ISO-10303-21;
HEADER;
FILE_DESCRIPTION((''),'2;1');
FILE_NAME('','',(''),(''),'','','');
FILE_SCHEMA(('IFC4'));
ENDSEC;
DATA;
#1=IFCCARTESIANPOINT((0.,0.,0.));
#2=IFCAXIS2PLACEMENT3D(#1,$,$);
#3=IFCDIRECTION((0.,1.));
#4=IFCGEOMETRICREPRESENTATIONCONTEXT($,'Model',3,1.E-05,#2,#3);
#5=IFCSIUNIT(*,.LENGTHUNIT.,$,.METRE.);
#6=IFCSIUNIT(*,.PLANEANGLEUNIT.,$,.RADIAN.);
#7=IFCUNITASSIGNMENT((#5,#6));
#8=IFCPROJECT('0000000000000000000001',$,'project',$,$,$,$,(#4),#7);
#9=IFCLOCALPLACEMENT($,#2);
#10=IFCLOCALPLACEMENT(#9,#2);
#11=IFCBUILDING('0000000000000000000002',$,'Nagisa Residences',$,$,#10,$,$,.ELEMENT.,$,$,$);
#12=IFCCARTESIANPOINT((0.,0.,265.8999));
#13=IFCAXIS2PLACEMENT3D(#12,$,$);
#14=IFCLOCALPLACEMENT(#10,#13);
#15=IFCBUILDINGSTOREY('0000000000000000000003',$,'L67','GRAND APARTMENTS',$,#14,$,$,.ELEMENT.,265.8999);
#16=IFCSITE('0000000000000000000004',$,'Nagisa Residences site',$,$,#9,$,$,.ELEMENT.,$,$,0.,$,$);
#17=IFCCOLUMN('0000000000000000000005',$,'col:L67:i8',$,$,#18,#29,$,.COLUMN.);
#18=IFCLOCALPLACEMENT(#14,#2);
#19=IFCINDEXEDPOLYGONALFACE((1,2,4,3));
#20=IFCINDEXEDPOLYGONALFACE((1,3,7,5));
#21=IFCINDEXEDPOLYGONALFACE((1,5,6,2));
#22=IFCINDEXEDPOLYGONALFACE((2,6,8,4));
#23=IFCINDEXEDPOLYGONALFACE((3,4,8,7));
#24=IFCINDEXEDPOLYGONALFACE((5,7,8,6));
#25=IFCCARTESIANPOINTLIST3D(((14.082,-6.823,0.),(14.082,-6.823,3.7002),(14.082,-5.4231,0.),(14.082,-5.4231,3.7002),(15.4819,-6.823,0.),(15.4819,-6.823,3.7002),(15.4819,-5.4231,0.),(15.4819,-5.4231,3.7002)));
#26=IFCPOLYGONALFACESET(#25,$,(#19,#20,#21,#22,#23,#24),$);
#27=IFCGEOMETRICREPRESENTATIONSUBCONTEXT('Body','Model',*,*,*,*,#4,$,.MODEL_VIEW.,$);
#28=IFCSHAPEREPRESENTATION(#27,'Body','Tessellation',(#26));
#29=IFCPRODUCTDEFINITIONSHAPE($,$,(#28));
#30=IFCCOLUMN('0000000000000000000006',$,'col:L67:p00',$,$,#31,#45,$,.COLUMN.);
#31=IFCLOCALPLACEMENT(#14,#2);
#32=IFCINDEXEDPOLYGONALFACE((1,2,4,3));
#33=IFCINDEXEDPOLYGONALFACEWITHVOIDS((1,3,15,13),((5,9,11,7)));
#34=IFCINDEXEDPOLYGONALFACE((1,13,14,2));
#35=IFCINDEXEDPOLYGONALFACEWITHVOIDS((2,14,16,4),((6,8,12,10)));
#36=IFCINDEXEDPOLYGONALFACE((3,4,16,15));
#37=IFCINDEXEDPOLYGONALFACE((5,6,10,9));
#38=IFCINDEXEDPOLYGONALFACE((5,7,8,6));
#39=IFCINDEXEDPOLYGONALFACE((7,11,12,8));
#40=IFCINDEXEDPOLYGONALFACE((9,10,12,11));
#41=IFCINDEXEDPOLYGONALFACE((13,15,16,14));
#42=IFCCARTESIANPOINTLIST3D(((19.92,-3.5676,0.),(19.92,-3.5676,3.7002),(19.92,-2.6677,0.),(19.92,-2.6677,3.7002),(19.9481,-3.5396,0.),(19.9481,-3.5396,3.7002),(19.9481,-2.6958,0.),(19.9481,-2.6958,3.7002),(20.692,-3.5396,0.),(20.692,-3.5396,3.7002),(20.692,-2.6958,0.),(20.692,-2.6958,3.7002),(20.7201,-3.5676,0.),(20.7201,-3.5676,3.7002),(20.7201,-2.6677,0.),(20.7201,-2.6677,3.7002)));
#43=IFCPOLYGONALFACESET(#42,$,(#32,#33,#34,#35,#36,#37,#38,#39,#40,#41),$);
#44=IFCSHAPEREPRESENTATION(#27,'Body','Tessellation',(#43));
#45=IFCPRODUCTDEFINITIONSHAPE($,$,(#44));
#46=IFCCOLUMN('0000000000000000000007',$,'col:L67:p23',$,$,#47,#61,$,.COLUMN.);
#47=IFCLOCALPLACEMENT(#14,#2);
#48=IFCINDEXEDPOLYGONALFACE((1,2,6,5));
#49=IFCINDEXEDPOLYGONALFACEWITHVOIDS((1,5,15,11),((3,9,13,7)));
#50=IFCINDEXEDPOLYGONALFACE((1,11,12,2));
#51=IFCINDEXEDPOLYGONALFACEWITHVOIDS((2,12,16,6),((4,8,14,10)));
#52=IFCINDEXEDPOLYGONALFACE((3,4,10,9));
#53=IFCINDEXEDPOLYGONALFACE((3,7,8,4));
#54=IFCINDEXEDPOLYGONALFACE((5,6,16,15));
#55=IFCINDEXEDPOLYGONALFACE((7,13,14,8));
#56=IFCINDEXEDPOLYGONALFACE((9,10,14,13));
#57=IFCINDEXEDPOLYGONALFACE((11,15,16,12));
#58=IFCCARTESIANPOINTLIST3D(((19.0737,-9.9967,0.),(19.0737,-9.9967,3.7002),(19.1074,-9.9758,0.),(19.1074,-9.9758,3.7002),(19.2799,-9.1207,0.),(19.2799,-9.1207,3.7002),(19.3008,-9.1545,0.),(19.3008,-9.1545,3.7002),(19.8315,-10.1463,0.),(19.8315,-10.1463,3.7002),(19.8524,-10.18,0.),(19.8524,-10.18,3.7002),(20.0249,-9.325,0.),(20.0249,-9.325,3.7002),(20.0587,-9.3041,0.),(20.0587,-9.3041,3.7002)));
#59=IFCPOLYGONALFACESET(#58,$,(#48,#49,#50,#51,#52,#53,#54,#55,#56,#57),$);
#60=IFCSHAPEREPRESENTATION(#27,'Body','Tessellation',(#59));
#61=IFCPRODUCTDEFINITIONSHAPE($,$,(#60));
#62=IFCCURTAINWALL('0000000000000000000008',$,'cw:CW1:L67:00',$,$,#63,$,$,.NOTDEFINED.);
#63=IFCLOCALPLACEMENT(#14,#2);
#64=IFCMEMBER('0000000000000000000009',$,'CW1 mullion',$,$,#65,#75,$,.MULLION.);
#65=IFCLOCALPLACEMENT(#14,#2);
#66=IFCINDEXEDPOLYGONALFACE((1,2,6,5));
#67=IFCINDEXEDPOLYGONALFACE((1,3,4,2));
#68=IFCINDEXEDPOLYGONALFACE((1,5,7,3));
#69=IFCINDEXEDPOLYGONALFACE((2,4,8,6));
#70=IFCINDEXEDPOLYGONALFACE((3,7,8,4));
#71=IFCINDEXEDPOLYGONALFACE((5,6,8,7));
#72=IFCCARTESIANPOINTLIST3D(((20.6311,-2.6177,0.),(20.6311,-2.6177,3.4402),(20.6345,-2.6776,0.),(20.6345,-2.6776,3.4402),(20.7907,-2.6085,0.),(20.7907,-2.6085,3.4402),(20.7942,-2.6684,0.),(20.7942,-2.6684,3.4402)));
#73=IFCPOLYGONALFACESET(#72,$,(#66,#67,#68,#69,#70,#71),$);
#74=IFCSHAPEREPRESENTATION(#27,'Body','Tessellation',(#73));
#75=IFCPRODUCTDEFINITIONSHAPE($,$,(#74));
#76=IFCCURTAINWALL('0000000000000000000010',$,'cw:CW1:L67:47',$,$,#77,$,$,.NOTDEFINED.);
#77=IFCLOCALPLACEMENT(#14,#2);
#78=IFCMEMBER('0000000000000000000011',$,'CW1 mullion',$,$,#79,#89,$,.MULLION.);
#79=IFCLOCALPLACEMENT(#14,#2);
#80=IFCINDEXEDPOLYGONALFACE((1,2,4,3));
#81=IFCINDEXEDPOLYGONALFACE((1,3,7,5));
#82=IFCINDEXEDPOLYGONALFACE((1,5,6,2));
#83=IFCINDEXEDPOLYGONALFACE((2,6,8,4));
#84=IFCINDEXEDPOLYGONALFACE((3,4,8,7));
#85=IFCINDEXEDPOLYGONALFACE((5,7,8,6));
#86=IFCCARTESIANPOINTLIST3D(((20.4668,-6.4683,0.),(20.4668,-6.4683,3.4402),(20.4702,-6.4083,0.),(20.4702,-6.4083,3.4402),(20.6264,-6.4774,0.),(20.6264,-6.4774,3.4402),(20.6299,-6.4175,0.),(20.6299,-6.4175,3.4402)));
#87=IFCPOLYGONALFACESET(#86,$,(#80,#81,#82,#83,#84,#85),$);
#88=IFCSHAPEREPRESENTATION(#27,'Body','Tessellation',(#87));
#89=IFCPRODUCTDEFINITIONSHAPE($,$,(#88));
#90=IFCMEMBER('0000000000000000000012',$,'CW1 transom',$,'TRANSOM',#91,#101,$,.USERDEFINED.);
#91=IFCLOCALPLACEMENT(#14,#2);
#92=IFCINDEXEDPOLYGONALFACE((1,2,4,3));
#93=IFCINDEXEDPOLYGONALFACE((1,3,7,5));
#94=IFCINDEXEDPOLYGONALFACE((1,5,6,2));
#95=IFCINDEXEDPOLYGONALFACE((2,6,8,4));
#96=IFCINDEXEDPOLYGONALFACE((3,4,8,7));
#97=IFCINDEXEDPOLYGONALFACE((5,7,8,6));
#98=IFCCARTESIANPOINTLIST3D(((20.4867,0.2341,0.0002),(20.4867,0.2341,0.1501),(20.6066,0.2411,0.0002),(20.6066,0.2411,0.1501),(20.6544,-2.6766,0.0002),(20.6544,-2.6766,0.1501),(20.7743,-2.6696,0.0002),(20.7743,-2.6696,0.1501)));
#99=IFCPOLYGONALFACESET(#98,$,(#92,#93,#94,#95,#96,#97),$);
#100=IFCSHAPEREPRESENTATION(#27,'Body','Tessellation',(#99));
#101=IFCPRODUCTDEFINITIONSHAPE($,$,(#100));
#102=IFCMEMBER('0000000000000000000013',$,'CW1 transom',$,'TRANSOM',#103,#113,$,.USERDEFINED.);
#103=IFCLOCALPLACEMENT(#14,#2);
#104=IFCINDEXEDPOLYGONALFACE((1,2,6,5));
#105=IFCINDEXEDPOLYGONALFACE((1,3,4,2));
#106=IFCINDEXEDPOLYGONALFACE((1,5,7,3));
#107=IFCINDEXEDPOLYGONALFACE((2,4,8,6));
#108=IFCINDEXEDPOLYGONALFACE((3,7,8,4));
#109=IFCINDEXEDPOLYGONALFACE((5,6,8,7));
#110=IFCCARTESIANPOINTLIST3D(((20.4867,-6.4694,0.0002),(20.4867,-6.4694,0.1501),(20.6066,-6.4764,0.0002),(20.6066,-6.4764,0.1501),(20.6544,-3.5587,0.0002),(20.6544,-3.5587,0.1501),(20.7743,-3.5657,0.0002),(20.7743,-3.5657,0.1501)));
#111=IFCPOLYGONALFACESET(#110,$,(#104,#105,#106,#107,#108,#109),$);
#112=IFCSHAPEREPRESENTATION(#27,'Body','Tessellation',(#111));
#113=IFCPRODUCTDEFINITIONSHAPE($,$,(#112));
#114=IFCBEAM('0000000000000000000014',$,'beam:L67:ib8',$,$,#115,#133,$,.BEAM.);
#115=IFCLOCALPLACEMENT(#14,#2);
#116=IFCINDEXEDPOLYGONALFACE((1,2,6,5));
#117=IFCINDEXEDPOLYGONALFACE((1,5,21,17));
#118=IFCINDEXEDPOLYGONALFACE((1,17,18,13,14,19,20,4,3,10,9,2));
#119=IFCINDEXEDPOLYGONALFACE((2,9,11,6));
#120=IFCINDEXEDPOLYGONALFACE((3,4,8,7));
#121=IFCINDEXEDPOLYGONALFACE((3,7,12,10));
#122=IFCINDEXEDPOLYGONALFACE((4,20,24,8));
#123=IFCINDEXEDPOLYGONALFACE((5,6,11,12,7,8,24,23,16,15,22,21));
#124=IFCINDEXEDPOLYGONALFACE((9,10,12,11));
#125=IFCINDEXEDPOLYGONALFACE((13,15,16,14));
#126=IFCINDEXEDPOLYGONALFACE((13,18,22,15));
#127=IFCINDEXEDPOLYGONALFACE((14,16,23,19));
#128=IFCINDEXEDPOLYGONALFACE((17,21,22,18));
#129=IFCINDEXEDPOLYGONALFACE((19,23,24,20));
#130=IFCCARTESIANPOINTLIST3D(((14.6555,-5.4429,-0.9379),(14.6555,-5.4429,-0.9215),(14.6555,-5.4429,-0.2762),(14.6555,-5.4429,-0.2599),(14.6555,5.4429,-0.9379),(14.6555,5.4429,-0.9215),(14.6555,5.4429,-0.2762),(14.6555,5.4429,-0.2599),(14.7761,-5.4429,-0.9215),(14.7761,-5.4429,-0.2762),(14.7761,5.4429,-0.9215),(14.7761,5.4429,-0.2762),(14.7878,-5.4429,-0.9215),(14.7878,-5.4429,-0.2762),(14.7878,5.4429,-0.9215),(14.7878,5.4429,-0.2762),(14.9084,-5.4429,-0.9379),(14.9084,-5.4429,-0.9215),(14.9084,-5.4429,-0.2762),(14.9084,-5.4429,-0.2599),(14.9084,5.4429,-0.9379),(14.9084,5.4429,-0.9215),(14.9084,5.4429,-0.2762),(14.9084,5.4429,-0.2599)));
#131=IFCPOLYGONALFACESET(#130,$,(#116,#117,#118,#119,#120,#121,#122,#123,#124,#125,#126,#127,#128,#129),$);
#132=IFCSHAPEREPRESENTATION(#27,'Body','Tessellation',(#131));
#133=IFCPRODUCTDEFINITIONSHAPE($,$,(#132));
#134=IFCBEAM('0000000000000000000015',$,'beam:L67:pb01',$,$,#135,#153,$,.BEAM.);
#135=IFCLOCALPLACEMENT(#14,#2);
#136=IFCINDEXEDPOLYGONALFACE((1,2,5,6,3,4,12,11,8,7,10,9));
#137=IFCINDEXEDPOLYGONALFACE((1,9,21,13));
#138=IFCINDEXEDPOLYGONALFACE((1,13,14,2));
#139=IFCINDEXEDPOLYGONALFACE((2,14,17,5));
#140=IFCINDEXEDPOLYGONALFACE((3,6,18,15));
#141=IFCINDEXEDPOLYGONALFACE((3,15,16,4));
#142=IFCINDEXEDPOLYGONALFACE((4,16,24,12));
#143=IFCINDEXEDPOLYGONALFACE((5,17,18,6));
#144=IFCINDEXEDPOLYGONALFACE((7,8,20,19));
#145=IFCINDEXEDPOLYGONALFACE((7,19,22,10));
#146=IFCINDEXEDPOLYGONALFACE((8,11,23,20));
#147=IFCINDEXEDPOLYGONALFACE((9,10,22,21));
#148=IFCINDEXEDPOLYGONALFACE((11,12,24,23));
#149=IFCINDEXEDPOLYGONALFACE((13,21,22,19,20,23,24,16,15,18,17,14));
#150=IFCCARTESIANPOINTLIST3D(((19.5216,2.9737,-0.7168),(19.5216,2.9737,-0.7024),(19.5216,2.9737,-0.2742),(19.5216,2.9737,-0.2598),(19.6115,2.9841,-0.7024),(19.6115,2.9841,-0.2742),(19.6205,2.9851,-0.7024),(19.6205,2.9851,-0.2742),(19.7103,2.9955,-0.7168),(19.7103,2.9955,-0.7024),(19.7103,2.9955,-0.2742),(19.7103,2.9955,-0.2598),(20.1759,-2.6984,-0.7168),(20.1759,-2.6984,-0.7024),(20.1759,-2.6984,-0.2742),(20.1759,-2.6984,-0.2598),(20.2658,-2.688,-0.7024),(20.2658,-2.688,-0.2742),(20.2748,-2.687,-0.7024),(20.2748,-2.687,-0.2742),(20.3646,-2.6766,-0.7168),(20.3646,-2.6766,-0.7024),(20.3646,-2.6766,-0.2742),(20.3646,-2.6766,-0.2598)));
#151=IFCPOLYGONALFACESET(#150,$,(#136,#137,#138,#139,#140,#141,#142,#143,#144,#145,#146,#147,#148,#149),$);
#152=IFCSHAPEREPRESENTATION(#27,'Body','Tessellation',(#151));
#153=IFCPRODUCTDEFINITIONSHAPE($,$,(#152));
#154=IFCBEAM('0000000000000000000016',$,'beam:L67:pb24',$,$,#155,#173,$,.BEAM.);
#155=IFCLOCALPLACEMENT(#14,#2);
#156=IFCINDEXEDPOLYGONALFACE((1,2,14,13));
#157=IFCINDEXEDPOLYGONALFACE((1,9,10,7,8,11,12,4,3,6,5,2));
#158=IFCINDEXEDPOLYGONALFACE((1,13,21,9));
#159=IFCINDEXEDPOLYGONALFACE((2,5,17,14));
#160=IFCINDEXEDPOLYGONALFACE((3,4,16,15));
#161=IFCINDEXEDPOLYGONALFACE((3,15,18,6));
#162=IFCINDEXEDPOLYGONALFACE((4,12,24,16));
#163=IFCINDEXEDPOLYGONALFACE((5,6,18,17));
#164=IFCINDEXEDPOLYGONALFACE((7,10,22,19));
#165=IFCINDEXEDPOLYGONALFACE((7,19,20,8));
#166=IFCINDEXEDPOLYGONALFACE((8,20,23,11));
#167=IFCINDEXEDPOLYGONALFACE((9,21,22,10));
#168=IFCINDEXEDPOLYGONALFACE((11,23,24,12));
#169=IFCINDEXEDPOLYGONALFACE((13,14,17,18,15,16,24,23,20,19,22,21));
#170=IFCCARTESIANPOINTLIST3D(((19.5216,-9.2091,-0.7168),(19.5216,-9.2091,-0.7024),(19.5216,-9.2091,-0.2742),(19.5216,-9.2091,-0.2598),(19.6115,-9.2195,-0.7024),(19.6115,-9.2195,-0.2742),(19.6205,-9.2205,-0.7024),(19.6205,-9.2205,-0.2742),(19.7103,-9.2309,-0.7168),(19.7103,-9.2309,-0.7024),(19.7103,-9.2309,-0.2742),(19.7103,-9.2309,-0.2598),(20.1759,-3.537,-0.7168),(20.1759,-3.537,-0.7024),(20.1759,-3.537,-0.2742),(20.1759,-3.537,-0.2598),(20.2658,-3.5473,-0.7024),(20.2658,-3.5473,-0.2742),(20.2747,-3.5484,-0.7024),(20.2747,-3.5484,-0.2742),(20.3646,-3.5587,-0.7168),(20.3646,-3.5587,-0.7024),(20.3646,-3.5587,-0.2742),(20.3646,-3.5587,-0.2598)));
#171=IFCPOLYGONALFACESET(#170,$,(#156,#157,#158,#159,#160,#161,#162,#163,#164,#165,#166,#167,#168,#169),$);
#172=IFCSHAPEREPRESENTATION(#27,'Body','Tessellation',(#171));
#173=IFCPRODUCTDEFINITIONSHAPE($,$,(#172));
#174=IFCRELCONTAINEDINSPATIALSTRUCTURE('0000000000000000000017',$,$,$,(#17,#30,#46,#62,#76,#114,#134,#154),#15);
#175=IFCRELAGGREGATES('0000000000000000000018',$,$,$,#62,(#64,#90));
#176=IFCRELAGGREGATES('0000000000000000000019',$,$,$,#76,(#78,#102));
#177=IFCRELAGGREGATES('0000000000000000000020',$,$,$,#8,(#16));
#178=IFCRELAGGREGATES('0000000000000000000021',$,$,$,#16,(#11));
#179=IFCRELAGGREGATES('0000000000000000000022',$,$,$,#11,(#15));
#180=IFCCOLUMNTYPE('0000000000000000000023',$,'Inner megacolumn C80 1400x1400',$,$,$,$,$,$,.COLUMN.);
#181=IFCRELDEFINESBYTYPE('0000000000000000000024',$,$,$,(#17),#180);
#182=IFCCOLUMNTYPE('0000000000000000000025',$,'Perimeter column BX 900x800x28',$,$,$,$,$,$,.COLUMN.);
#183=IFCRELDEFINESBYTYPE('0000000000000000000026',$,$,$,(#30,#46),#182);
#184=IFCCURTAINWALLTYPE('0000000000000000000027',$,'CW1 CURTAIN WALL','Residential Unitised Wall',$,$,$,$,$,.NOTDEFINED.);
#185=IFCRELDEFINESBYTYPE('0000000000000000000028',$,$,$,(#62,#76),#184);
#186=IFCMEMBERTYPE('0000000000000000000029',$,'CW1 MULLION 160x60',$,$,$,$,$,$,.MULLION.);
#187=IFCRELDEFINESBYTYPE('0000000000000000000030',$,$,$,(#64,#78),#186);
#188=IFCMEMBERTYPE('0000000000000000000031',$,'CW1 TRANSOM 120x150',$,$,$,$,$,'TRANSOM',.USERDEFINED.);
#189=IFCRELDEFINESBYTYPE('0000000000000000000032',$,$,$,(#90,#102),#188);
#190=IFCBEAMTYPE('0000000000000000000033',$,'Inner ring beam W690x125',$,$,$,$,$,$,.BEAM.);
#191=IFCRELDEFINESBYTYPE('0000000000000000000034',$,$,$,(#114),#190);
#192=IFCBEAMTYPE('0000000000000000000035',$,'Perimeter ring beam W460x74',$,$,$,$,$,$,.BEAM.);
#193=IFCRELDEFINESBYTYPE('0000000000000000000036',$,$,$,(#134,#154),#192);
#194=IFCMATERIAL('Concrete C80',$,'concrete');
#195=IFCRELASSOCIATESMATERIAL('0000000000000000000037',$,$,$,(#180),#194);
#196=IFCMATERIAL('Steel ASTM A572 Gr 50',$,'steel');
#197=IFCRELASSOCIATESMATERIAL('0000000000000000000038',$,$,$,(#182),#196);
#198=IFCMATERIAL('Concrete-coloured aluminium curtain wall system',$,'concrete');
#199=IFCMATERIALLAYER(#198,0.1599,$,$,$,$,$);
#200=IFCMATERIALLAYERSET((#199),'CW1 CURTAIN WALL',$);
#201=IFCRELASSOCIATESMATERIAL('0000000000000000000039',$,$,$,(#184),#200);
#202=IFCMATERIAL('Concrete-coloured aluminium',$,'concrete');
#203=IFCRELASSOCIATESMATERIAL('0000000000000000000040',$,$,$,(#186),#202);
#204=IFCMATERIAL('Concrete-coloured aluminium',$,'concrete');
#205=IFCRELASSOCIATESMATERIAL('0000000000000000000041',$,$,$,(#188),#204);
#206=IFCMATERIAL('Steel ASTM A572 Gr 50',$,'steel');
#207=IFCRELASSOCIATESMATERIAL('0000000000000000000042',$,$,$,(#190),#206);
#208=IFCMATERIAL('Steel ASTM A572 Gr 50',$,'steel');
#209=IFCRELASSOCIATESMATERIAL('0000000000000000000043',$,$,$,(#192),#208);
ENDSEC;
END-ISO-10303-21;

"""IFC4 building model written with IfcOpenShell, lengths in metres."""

from ifc_helpers import new_model, si_unit, direction, frame, origin, origin_2d, place, context, subcontext, project, spatial, rectangle, hollow_rectangle, i_section, extrude, material, layer, layer_set, material_profile, profile_set, type_object, element, aggregate, save


model = new_model("IFC4")

# Units and contexts
model_context = context("Model", 3, precision=1e-05, world=origin(), true_north=direction((0.0, 1.0)))
body_context = subcontext(model_context, "Body", "Model", "MODEL_VIEW")
ifc_project = project(units=[si_unit("LENGTHUNIT", "METRE"), si_unit("PLANEANGLEUNIT", "RADIAN")], contexts=[model_context])

# Site, building, storey
site_placement = place(None, origin())
site = spatial("IfcSite", under=ifc_project, at=site_placement, Name="Nagisa Residences site", CompositionType="ELEMENT", RefElevation=0.0)
building_placement = place(site_placement, origin())
building = spatial("IfcBuilding", under=site, at=building_placement, Name="Nagisa Residences", CompositionType="ELEMENT")
storey_placement = place(building_placement, frame((0.0, 0.0, 265.8999)))
storey = spatial("IfcBuildingStorey", under=building, at=storey_placement, Name="L67", Description="GRAND APARTMENTS", CompositionType="ELEMENT", Elevation=265.8999)

# Columns
ifc_material_1 = material(Name="Concrete C80", Category="concrete")
ifc_material_profile_1 = material_profile(ifc_material_1, rectangle(XDim=1.3999, YDim=1.3999, at=origin_2d()), Name="C80 1400x1400")
ifc_profile_set_1 = profile_set([ifc_material_profile_1], Name="Concrete C80")
column_type_1 = type_object("IfcColumnType", Name="Inner megacolumn C80 1400x1400", PredefinedType="COLUMN", material=ifc_profile_set_1)
column_placement = place(storey_placement, frame((14.782, -6.123, 0.0), z_axis=(0.0, 0.0, 1.0), x_axis=(1.0, 0.0, 0.0)))
element("IfcColumn", 1, at=column_placement, inside=storey, type_object=column_type_1, Name="col:L67:i8", PredefinedType="COLUMN", context=body_context, shape_type="SweptSolid", body=[
    extrude(rectangle(XDim=1.3999, YDim=1.3999, at=origin_2d()), origin(), (0.0, 0.0, 1.0), 3.7002),
])
ifc_material_2 = material(Name="Steel ASTM A572 Gr 50", Category="steel")
ifc_material_profile_2 = material_profile(ifc_material_2, hollow_rectangle(XDim=0.8999, YDim=0.8, WallThickness=0.0281, at=origin_2d()), Name="BX 900x800x28")
ifc_profile_set_2 = profile_set([ifc_material_profile_2], Name="Steel ASTM A572 Gr 50")
column_type_2 = type_object("IfcColumnType", Name="Perimeter column BX 900x800x28", PredefinedType="COLUMN", material=ifc_profile_set_2)
for number, where, z_axis, x_axis, name in (
    (2, (20.3201, -3.1177, 0.0), (0.0, 0.0, 1.0), (0.0, 1.0, 0.0), "col:L67:p00"),
    (3, (19.5662, -9.6504, 0.0), (0.0, 0.0, 1.0), (0.229202, 0.973379, 0.0), "col:L67:p23"),
):
    element("IfcColumn", number, at=place(storey_placement, frame(where, z_axis=z_axis, x_axis=x_axis)), inside=storey, type_object=column_type_2, Name=name, PredefinedType="COLUMN", context=body_context, shape_type="SweptSolid", body=[
        extrude(hollow_rectangle(XDim=0.8999, YDim=0.8, WallThickness=0.0281, at=origin_2d()), origin(), (0.0, 0.0, 1.0), 3.7002),
    ])

# Curtain walls, members
ifc_material_3 = material(Name="Concrete-coloured aluminium curtain wall system", Category="concrete")
ifc_layer_1 = layer(ifc_material_3, 0.1599)
ifc_layer_set_1 = layer_set([ifc_layer_1], Name="CW1 CURTAIN WALL")
curtain_wall_type = type_object("IfcCurtainWallType", Name="CW1 CURTAIN WALL", Description="Residential Unitised Wall", PredefinedType="NOTDEFINED", material=ifc_layer_set_1)
curtain_wall_1_placement = place(storey_placement, origin())
curtain_wall_1 = element("IfcCurtainWall", 4, at=curtain_wall_1_placement, inside=storey, type_object=curtain_wall_type, Name="cw:CW1:L67:00", PredefinedType="NOTDEFINED")
ifc_material_4 = material(Name="Concrete-coloured aluminium", Category="concrete")
ifc_material_profile_3 = material_profile(ifc_material_4, rectangle(XDim=0.1599, YDim=0.0601, at=origin_2d()), Name="CW1 MULLION 160x60")
ifc_profile_set_3 = profile_set([ifc_material_profile_3], Name="Concrete-coloured aluminium")
member_type_1 = type_object("IfcMemberType", Name="CW1 MULLION 160x60", PredefinedType="MULLION", material=ifc_profile_set_3)
member_1_placement = place(storey_placement, frame((20.7126, -2.6431, 0.0), z_axis=(0.0, 0.0, 1.0), x_axis=(-0.998345, -0.057503, 0.0)))
member_1 = element("IfcMember", 5, at=member_1_placement, type_object=member_type_1, Name="CW1 mullion", PredefinedType="MULLION", context=body_context, shape_type="SweptSolid", body=[
    extrude(rectangle(XDim=0.1599, YDim=0.0601, at=origin_2d()), origin(), (0.0, 0.0, 1.0), 3.4402),
])
curtain_wall_2_placement = place(storey_placement, origin())
curtain_wall_2 = element("IfcCurtainWall", 6, at=curtain_wall_2_placement, inside=storey, type_object=curtain_wall_type, Name="cw:CW1:L67:47", PredefinedType="NOTDEFINED")
member_2_placement = place(storey_placement, frame((20.5483, -6.4429, 0.0), z_axis=(0.0, 0.0, 1.0), x_axis=(-0.998345, 0.057503, 0.0)))
member_2 = element("IfcMember", 7, at=member_2_placement, type_object=member_type_1, Name="CW1 mullion", PredefinedType="MULLION", context=body_context, shape_type="SweptSolid", body=[
    extrude(rectangle(XDim=0.1599, YDim=0.0601, at=origin_2d()), origin(), (0.0, 0.0, 1.0), 3.4402),
])

# Members
ifc_material_5 = material(Name="Concrete-coloured aluminium", Category="concrete")
ifc_material_profile_4 = material_profile(ifc_material_5, rectangle(XDim=0.1201, YDim=0.1499, at=origin_2d()), Name="CW1 TRANSOM 120x150")
ifc_profile_set_4 = profile_set([ifc_material_profile_4], Name="Concrete-coloured aluminium")
member_type_2 = type_object("IfcMemberType", Name="CW1 TRANSOM 120x150", ElementType="TRANSOM", PredefinedType="USERDEFINED", material=ifc_profile_set_4)
member_3_placement = place(storey_placement, frame((20.7144, -2.6731, 0.0752), z_axis=(-0.057529, 0.998344, 0.0), x_axis=(-0.998344, -0.057529, 0.0)))
member_3 = element("IfcMember", 8, at=member_3_placement, type_object=member_type_2, Name="CW1 transom", ObjectType="TRANSOM", PredefinedType="USERDEFINED", context=body_context, shape_type="SweptSolid", body=[
    extrude(rectangle(XDim=0.1201, YDim=0.1499, at=origin_2d()), origin(), (0.0, 0.0, 1.0), 2.9155),
])
member_4_placement = place(storey_placement, frame((20.5466, -6.4729, 0.0752), z_axis=(0.057529, 0.998344, 0.0), x_axis=(-0.998344, 0.057529, 0.0)))
member_4 = element("IfcMember", 9, at=member_4_placement, type_object=member_type_2, Name="CW1 transom", ObjectType="TRANSOM", PredefinedType="USERDEFINED", context=body_context, shape_type="SweptSolid", body=[
    extrude(rectangle(XDim=0.1201, YDim=0.1499, at=origin_2d()), origin(), (0.0, 0.0, 1.0), 2.9155),
])

# Beams
ifc_material_6 = material(Name="Steel ASTM A572 Gr 50", Category="steel")
ifc_material_profile_5 = material_profile(ifc_material_6, i_section(OverallWidth=0.2529, OverallDepth=0.678, WebThickness=0.0117, FlangeThickness=0.0164, at=origin_2d()), Name="W690x125")
ifc_profile_set_5 = profile_set([ifc_material_profile_5], Name="Steel ASTM A572 Gr 50")
beam_type_1 = type_object("IfcBeamType", Name="Inner ring beam W690x125", PredefinedType="BEAM", material=ifc_profile_set_5)
beam_1_placement = place(storey_placement, frame((14.782, -5.4429, -0.5989), z_axis=(0.0, 1.0, 0.0), x_axis=(-1.0, 0.0, 0.0)))
element("IfcBeam", 10, at=beam_1_placement, inside=storey, type_object=beam_type_1, Name="beam:L67:ib8", PredefinedType="BEAM", context=body_context, shape_type="SweptSolid", body=[
    extrude(i_section(OverallWidth=0.2529, OverallDepth=0.678, WebThickness=0.0117, FlangeThickness=0.0164, at=origin_2d()), origin(), (0.0, 0.0, 1.0), 10.8857),
])
ifc_material_7 = material(Name="Steel ASTM A572 Gr 50", Category="steel")
ifc_material_profile_6 = material_profile(ifc_material_7, i_section(OverallWidth=0.1899, OverallDepth=0.457, WebThickness=0.009, FlangeThickness=0.0144, at=origin_2d()), Name="W460x74")
ifc_profile_set_6 = profile_set([ifc_material_profile_6], Name="Steel ASTM A572 Gr 50")
beam_type_2 = type_object("IfcBeamType", Name="Perimeter ring beam W460x74", PredefinedType="BEAM", material=ifc_profile_set_6)
for number, where, z_axis, x_axis, name in (
    (11, (20.2703, -2.6875, -0.4883), (-0.114593, 0.993412, 0.0), (-0.993412, -0.114593, 0.0), "beam:L67:pb01"),
    (12, (19.616, -9.22, -0.4883), (0.114593, 0.993412, 0.0), (-0.993412, 0.114593, 0.0), "beam:L67:pb24"),
):
    element("IfcBeam", number, at=place(storey_placement, frame(where, z_axis=z_axis, x_axis=x_axis)), inside=storey, type_object=beam_type_2, Name=name, PredefinedType="BEAM", context=body_context, shape_type="SweptSolid", body=[
        extrude(i_section(OverallWidth=0.1899, OverallDepth=0.457, WebThickness=0.009, FlangeThickness=0.0144, at=origin_2d()), origin(), (0.0, 0.0, 1.0), 5.7097),
    ])

aggregate(curtain_wall_1, [member_1, member_3])

aggregate(curtain_wall_2, [member_2, member_4])

save(model, "model.ifc")
